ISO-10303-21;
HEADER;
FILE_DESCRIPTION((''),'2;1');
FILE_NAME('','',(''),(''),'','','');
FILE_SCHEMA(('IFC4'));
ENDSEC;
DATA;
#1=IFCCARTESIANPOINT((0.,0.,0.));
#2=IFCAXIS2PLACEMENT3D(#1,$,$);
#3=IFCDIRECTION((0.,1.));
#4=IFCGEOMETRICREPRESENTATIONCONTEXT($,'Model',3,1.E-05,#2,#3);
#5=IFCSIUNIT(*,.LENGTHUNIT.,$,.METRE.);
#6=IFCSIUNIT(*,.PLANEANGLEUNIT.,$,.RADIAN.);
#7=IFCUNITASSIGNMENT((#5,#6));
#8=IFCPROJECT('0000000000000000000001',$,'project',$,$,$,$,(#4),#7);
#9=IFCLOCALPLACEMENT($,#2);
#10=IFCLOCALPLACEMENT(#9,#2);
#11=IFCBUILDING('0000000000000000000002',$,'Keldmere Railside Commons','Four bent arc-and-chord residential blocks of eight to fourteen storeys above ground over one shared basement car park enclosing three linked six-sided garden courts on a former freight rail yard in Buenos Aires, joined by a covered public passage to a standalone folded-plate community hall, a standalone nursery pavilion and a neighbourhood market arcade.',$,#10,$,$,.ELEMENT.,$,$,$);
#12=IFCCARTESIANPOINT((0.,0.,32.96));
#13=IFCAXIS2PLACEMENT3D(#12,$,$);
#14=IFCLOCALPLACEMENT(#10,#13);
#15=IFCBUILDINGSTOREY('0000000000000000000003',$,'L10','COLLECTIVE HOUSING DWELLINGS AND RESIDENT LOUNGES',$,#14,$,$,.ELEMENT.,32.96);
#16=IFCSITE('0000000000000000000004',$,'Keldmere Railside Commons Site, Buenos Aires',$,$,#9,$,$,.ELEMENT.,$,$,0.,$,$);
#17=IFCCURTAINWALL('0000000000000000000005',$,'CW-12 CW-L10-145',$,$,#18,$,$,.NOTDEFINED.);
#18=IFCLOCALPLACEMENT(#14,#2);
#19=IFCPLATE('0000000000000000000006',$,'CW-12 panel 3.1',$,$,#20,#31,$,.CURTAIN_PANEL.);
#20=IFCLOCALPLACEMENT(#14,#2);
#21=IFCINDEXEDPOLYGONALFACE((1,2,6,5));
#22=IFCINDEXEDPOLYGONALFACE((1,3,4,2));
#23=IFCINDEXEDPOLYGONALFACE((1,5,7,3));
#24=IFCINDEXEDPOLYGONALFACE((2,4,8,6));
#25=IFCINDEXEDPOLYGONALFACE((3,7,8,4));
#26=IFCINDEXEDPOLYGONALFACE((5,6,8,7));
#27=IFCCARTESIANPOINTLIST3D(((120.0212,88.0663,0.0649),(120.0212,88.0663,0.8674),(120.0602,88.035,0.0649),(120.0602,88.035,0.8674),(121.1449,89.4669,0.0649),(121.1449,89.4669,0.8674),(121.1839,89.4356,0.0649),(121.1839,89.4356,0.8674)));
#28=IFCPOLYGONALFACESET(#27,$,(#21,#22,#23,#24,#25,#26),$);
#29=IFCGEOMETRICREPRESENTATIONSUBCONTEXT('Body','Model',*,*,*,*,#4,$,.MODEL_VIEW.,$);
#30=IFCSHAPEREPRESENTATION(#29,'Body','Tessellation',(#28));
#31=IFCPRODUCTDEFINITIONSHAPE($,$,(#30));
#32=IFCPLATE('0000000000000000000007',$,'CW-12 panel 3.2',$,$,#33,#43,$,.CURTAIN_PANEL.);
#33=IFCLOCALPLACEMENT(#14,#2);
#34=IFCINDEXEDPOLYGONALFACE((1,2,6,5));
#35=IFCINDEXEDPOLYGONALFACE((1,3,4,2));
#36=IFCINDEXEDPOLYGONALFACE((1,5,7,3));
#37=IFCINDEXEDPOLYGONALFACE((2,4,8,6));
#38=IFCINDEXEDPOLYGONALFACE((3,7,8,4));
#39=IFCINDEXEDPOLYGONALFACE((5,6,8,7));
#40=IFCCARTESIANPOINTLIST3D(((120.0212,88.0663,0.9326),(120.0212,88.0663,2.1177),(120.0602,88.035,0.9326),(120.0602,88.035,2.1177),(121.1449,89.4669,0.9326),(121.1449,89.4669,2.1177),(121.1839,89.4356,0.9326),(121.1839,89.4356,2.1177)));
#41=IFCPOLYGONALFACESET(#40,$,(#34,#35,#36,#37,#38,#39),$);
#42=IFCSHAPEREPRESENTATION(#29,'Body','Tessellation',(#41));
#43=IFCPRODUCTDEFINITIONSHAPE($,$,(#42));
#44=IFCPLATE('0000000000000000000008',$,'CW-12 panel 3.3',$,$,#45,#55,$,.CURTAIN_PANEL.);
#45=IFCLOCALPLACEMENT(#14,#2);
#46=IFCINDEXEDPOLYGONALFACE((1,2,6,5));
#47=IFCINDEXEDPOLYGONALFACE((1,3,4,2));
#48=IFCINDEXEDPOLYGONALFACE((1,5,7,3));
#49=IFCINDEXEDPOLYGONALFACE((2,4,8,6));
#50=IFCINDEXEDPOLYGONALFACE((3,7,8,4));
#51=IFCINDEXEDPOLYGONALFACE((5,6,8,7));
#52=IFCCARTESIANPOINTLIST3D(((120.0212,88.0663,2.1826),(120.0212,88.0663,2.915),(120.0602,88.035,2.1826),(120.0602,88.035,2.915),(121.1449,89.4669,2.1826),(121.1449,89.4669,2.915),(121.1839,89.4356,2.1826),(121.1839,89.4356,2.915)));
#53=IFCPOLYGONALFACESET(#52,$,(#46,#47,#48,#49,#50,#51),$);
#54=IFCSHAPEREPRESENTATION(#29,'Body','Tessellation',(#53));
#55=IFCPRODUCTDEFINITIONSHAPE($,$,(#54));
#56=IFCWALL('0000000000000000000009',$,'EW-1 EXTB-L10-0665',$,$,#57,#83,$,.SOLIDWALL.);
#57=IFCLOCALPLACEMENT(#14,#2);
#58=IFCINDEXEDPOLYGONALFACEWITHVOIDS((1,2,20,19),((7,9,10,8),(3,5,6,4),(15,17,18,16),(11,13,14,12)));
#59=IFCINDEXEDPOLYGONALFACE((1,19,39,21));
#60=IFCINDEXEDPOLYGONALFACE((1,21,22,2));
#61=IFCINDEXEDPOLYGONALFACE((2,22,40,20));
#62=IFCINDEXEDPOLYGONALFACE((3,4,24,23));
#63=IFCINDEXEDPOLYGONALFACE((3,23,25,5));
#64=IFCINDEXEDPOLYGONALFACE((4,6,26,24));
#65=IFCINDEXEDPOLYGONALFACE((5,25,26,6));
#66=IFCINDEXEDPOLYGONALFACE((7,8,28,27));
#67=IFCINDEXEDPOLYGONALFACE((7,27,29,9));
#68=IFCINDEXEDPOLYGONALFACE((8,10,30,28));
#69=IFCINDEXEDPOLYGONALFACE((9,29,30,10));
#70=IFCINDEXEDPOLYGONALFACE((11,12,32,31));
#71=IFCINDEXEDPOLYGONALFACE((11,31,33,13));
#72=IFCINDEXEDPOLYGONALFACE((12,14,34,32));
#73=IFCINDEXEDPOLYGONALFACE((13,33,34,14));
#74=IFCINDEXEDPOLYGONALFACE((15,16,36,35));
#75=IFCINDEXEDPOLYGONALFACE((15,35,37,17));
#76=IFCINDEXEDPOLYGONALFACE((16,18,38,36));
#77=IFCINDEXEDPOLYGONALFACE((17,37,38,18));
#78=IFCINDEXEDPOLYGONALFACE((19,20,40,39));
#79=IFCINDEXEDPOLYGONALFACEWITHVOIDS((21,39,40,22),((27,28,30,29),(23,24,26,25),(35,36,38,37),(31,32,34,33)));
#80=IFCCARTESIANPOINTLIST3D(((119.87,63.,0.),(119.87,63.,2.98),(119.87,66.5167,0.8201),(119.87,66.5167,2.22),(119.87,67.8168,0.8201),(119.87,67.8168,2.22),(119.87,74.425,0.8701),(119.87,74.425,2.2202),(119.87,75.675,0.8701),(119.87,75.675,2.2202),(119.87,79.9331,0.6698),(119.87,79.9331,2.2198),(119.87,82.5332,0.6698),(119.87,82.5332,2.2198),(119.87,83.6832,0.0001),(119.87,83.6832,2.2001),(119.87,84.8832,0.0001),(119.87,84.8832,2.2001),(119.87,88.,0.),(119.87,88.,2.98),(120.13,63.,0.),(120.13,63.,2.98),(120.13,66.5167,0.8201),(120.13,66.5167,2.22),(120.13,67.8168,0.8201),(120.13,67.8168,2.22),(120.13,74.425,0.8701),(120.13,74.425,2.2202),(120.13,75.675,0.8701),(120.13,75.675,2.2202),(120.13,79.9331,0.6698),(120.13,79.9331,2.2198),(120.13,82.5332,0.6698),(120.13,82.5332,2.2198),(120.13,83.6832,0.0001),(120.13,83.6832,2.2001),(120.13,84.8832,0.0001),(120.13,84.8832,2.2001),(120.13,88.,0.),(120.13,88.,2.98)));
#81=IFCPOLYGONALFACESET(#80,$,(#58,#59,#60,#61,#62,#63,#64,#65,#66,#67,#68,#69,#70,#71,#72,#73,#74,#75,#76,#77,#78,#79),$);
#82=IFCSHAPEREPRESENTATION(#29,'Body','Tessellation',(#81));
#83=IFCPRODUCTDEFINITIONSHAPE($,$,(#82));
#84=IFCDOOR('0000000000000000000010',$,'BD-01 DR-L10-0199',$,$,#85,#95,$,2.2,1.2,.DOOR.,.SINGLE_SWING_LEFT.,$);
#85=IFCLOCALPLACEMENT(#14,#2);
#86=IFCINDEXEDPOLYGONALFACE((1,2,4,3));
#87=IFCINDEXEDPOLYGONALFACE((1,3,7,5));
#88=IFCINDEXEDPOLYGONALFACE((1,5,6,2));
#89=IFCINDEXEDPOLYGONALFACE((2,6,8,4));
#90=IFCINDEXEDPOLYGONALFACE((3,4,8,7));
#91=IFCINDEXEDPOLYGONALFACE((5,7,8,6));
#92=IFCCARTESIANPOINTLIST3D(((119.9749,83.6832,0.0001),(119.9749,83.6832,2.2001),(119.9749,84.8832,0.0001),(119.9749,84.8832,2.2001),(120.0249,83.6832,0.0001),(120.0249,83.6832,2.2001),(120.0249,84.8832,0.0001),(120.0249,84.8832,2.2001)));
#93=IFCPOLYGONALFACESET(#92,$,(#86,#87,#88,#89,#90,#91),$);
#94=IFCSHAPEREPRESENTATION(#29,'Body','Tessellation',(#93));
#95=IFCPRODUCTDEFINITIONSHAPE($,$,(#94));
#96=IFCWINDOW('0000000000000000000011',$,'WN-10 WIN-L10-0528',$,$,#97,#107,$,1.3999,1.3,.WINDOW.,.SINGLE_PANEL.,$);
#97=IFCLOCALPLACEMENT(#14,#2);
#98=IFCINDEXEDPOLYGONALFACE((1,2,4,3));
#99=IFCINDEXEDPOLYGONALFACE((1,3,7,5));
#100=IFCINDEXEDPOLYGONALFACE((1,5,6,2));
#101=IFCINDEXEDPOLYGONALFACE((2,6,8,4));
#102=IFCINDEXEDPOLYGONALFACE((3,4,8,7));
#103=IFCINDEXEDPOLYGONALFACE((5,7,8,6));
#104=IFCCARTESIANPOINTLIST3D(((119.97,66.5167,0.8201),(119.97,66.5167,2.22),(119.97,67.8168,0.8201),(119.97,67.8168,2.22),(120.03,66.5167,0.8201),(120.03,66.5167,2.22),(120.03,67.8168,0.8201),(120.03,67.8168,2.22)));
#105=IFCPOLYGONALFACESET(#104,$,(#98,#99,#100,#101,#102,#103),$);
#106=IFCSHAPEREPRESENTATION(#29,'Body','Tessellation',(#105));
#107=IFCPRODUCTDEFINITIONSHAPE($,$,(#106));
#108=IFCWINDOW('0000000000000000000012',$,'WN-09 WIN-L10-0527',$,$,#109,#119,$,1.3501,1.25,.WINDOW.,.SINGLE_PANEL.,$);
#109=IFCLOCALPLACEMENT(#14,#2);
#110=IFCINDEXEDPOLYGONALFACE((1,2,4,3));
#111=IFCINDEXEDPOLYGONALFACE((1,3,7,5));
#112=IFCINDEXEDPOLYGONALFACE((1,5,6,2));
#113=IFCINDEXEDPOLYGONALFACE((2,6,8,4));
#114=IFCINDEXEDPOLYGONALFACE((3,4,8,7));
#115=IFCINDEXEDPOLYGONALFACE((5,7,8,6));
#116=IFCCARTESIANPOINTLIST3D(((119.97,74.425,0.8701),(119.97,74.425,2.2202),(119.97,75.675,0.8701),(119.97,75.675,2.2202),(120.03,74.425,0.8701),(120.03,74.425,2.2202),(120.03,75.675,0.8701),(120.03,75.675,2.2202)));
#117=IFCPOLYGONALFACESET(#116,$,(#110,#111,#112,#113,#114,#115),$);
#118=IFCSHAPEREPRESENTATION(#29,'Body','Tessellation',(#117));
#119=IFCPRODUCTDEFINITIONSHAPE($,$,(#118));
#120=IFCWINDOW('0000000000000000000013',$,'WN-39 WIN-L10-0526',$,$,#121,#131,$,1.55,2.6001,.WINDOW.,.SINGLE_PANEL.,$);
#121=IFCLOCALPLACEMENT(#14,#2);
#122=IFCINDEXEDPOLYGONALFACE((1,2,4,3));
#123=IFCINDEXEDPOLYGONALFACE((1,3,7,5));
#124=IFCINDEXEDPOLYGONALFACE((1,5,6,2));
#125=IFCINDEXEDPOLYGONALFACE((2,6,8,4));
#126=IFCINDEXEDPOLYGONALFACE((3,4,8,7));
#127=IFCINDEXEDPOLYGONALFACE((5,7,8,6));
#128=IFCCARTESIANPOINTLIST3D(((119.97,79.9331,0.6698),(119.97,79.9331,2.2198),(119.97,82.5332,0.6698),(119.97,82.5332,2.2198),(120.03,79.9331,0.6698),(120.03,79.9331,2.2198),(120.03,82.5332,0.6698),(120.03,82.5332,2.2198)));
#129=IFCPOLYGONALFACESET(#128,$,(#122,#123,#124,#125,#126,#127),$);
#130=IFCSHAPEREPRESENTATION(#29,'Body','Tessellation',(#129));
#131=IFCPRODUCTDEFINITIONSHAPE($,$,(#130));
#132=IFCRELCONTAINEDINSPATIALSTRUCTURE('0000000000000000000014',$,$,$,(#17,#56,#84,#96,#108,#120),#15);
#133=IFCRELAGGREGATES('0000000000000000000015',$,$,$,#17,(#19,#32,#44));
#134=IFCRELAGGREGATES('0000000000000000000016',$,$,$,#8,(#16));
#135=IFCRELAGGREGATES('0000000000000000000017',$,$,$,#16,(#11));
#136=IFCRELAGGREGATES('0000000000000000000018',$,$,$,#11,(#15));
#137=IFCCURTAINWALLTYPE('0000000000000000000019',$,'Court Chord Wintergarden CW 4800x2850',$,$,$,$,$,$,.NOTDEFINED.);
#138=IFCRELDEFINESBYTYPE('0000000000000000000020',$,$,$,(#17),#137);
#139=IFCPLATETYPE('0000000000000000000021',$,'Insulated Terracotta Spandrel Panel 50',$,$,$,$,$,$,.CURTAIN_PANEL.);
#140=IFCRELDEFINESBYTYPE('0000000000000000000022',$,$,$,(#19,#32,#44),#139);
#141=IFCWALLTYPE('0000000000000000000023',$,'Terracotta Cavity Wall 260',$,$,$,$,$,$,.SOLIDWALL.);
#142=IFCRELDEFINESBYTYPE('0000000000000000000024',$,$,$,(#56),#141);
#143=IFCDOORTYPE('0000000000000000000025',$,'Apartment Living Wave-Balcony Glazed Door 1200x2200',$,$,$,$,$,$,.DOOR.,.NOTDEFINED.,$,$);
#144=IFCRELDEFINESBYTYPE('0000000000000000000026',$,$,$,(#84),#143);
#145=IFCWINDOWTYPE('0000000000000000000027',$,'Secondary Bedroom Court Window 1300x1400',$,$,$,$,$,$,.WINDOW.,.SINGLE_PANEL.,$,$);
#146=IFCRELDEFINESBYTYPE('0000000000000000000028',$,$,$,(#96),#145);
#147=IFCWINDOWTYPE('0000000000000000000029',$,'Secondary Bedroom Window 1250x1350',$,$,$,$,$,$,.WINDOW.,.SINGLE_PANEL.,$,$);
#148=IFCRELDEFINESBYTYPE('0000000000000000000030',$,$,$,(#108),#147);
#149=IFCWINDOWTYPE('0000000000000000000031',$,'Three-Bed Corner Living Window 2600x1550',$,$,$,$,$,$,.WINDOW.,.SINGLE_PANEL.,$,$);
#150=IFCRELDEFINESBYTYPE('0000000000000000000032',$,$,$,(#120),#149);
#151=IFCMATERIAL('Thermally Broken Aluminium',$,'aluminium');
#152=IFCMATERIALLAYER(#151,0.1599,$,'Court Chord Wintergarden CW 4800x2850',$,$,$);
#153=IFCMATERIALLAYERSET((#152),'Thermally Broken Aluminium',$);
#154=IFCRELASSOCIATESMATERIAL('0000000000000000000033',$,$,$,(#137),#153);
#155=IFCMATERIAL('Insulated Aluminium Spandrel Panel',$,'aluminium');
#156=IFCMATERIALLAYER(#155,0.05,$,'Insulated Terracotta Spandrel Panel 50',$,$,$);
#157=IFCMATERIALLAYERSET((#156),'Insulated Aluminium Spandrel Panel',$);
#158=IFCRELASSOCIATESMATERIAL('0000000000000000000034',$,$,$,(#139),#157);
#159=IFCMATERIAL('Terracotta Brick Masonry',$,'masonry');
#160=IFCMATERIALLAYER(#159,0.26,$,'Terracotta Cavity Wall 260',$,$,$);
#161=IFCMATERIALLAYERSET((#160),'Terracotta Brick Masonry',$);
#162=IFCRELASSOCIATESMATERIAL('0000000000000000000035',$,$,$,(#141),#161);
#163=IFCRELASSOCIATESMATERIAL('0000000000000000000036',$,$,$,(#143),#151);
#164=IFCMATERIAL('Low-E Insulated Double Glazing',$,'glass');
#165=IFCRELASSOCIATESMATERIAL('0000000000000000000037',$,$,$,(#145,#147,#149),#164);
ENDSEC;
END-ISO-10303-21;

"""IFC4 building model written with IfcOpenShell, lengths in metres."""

from ifc_helpers import new_model, si_unit, direction, frame, frame_2d, origin, origin_2d, place, context, subcontext, project, spatial, rectangle, extrude, material, layer, layer_set, type_object, element, fill, aggregate, save


model = new_model("IFC4")

# Units and contexts
model_context = context("Model", 3, precision=1e-05, world=origin(), true_north=direction((0.0, 1.0)))
body_context = subcontext(model_context, "Body", "Model", "MODEL_VIEW")
ifc_project = project(units=[si_unit("LENGTHUNIT", "METRE"), si_unit("PLANEANGLEUNIT", "RADIAN")], contexts=[model_context])

# Site, building, storey
site_placement = place(None, origin())
site = spatial("IfcSite", under=ifc_project, at=site_placement, Name="Keldmere Railside Commons Site, Buenos Aires", CompositionType="ELEMENT", RefElevation=0.0)
building_placement = place(site_placement, origin())
building = spatial("IfcBuilding", under=site, at=building_placement, Name="Keldmere Railside Commons", Description="Four bent arc-and-chord residential blocks of eight to fourteen storeys above ground over one shared basement car park enclosing three linked six-sided garden courts on a former freight rail yard in Buenos Aires, joined by a covered public passage to a standalone folded-plate community hall, a standalone nursery pavilion and a neighbourhood market arcade.", CompositionType="ELEMENT")
storey_placement = place(building_placement, frame((0.0, 0.0, 32.96)))
storey = spatial("IfcBuildingStorey", under=building, at=storey_placement, Name="L10", Description="COLLECTIVE HOUSING DWELLINGS AND RESIDENT LOUNGES", CompositionType="ELEMENT", Elevation=32.96)

# Curtain wall, plates
ifc_material_1 = material(Name="Thermally Broken Aluminium", Category="aluminium")
ifc_layer_1 = layer(ifc_material_1, 0.1599, Name="Court Chord Wintergarden CW 4800x2850")
ifc_layer_set_1 = layer_set([ifc_layer_1], Name="Thermally Broken Aluminium")
curtain_wall_type = type_object("IfcCurtainWallType", Name="Court Chord Wintergarden CW 4800x2850", PredefinedType="NOTDEFINED", material=ifc_layer_set_1)
curtain_wall_placement = place(storey_placement, origin())
curtain_wall = element("IfcCurtainWall", 1, at=curtain_wall_placement, inside=storey, type_object=curtain_wall_type, Name="CW-12 CW-L10-145", PredefinedType="NOTDEFINED")
ifc_material_2 = material(Name="Insulated Aluminium Spandrel Panel", Category="aluminium")
ifc_layer_2 = layer(ifc_material_2, 0.05, Name="Insulated Terracotta Spandrel Panel 50")
ifc_layer_set_2 = layer_set([ifc_layer_2], Name="Insulated Aluminium Spandrel Panel")
plate_type = type_object("IfcPlateType", Name="Insulated Terracotta Spandrel Panel 50", PredefinedType="CURTAIN_PANEL", material=ifc_layer_set_2)
plate_1_placement = place(storey_placement, frame((120.6025, 88.751, 0.0649), z_axis=(0.0, 0.0, 1.0), x_axis=(-0.625768, -0.780009, 0.0)))
plate_1 = element("IfcPlate", 2, at=plate_1_placement, type_object=plate_type, Name="CW-12 panel 3.1", PredefinedType="CURTAIN_PANEL", context=body_context, shape_type="SweptSolid", body=[
    extrude(rectangle(XDim=1.7957, YDim=0.05, at=origin_2d()), origin(), (0.0, 0.0, 1.0), 0.8025),
])
plate_2_placement = place(storey_placement, frame((120.6025, 88.751, 0.9326), z_axis=(0.0, 0.0, 1.0), x_axis=(-0.625768, -0.780009, 0.0)))
plate_2 = element("IfcPlate", 3, at=plate_2_placement, type_object=plate_type, Name="CW-12 panel 3.2", PredefinedType="CURTAIN_PANEL", context=body_context, shape_type="SweptSolid", body=[
    extrude(rectangle(XDim=1.7957, YDim=0.05, at=origin_2d()), origin(), (0.0, 0.0, 1.0), 1.1851),
])
plate_3_placement = place(storey_placement, frame((120.6025, 88.751, 2.1826), z_axis=(0.0, 0.0, 1.0), x_axis=(-0.625768, -0.780009, 0.0)))
plate_3 = element("IfcPlate", 4, at=plate_3_placement, type_object=plate_type, Name="CW-12 panel 3.3", PredefinedType="CURTAIN_PANEL", context=body_context, shape_type="SweptSolid", body=[
    extrude(rectangle(XDim=1.7957, YDim=0.05, at=origin_2d()), origin(), (0.0, 0.0, 1.0), 0.7324),
])
aggregate(curtain_wall, [plate_1, plate_2, plate_3])

# Wall, openings, door, windows
ifc_material_3 = material(Name="Terracotta Brick Masonry", Category="masonry")
ifc_layer_3 = layer(ifc_material_3, 0.26, Name="Terracotta Cavity Wall 260")
ifc_layer_set_3 = layer_set([ifc_layer_3], Name="Terracotta Brick Masonry")
wall_type = type_object("IfcWallType", Name="Terracotta Cavity Wall 260", PredefinedType="SOLIDWALL", material=ifc_layer_set_3)
wall_placement = place(storey_placement, frame((120.0, 88.0, 0.0), z_axis=(0.0, 0.0, 1.0), x_axis=(0.0, -1.0, 0.0)))
wall = element("IfcWall", 5, at=wall_placement, inside=storey, type_object=wall_type, Name="EW-1 EXTB-L10-0665", PredefinedType="SOLIDWALL", context=body_context, shape_type="SweptSolid", body=[
    extrude(rectangle(XDim=25.0, YDim=0.26, at=frame_2d((12.5, 0.0))), origin(), (0.0, 0.0, 1.0), 2.98),
])
opening_1_placement = place(wall_placement, frame((3.1167, 0.0, 0.0)))
opening_1 = element("IfcOpeningElement", 6, at=opening_1_placement, cuts=wall, PredefinedType="OPENING", context=body_context, shape_type="SweptSolid", body=[
    extrude(rectangle(XDim=1.2, YDim=2.2, at=frame_2d((0.6001, 1.1001))), frame((0.0, 0.1399, 0.0), z_axis=(0.0, -1.0, 0.0), x_axis=(1.0, 0.0, 0.0)), (0.0, 0.0, 1.0), 0.28),
])
opening_2_placement = place(wall_placement, frame((5.4668, 0.0, 0.6699)))
opening_2 = element("IfcOpeningElement", 7, at=opening_2_placement, cuts=wall, PredefinedType="OPENING", context=body_context, shape_type="SweptSolid", body=[
    extrude(rectangle(XDim=2.6001, YDim=1.55, at=frame_2d((1.3, 0.7749))), frame((0.0, 0.1399, 0.0), z_axis=(0.0, -1.0, 0.0), x_axis=(1.0, 0.0, 0.0)), (0.0, 0.0, 1.0), 0.28),
])
opening_3_placement = place(wall_placement, frame((12.325, 0.0, 0.8701)))
opening_3 = element("IfcOpeningElement", 8, at=opening_3_placement, cuts=wall, PredefinedType="OPENING", context=body_context, shape_type="SweptSolid", body=[
    extrude(rectangle(XDim=1.25, YDim=1.3501, at=frame_2d((0.625, 0.675))), frame((0.0, 0.1399, 0.0), z_axis=(0.0, -1.0, 0.0), x_axis=(1.0, 0.0, 0.0)), (0.0, 0.0, 1.0), 0.28),
])
opening_4_placement = place(wall_placement, frame((20.1833, 0.0, 0.8201)))
opening_4 = element("IfcOpeningElement", 9, at=opening_4_placement, cuts=wall, PredefinedType="OPENING", context=body_context, shape_type="SweptSolid", body=[
    extrude(rectangle(XDim=1.3, YDim=1.3999, at=frame_2d((0.6499, 0.7))), frame((0.0, 0.1399, 0.0), z_axis=(0.0, -1.0, 0.0), x_axis=(1.0, 0.0, 0.0)), (0.0, 0.0, 1.0), 0.28),
])
door_type = type_object("IfcDoorType", Name="Apartment Living Wave-Balcony Glazed Door 1200x2200", OperationType="NOTDEFINED", PredefinedType="DOOR", material=ifc_material_1)
door_placement = place(opening_1_placement, origin())
door = element("IfcDoor", 10, at=door_placement, inside=storey, type_object=door_type, Name="BD-01 DR-L10-0199", OperationType="SINGLE_SWING_LEFT", OverallHeight=2.2, OverallWidth=1.2, PredefinedType="DOOR", context=body_context, shape_type="SweptSolid", body=[
    extrude(rectangle(XDim=1.2, YDim=2.2, at=frame_2d((0.6001, 1.1001))), frame((0.0, 0.0249, 0.0), z_axis=(0.0, -1.0, 0.0), x_axis=(1.0, 0.0, 0.0)), (0.0, 0.0, 1.0), 0.05),
])
fill(opening_1, door)
ifc_material_4 = material(Name="Low-E Insulated Double Glazing", Category="glass")
window_type_1 = type_object("IfcWindowType", Name="Secondary Bedroom Court Window 1300x1400", PartitioningType="SINGLE_PANEL", PredefinedType="WINDOW", material=ifc_material_4)
window_1_placement = place(opening_4_placement, origin())
window_1 = element("IfcWindow", 11, at=window_1_placement, inside=storey, type_object=window_type_1, Name="WN-10 WIN-L10-0528", OverallHeight=1.3999, OverallWidth=1.3, PartitioningType="SINGLE_PANEL", PredefinedType="WINDOW", context=body_context, shape_type="SweptSolid", body=[
    extrude(rectangle(XDim=1.3, YDim=1.3999, at=frame_2d((0.6499, 0.7))), frame((0.0, 0.03, 0.0), z_axis=(0.0, -1.0, 0.0), x_axis=(1.0, 0.0, 0.0)), (0.0, 0.0, 1.0), 0.0601),
])
fill(opening_4, window_1)
window_type_2 = type_object("IfcWindowType", Name="Secondary Bedroom Window 1250x1350", PartitioningType="SINGLE_PANEL", PredefinedType="WINDOW", material=ifc_material_4)
window_2_placement = place(opening_3_placement, origin())
window_2 = element("IfcWindow", 12, at=window_2_placement, inside=storey, type_object=window_type_2, Name="WN-09 WIN-L10-0527", OverallHeight=1.3501, OverallWidth=1.25, PartitioningType="SINGLE_PANEL", PredefinedType="WINDOW", context=body_context, shape_type="SweptSolid", body=[
    extrude(rectangle(XDim=1.25, YDim=1.3501, at=frame_2d((0.625, 0.675))), frame((0.0, 0.03, 0.0), z_axis=(0.0, -1.0, 0.0), x_axis=(1.0, 0.0, 0.0)), (0.0, 0.0, 1.0), 0.0601),
])
fill(opening_3, window_2)
window_type_3 = type_object("IfcWindowType", Name="Three-Bed Corner Living Window 2600x1550", PartitioningType="SINGLE_PANEL", PredefinedType="WINDOW", material=ifc_material_4)
window_3_placement = place(opening_2_placement, origin())
window_3 = element("IfcWindow", 13, at=window_3_placement, inside=storey, type_object=window_type_3, Name="WN-39 WIN-L10-0526", OverallHeight=1.55, OverallWidth=2.6001, PartitioningType="SINGLE_PANEL", PredefinedType="WINDOW", context=body_context, shape_type="SweptSolid", body=[
    extrude(rectangle(XDim=2.6001, YDim=1.55, at=frame_2d((1.3, 0.7749))), frame((0.0, 0.03, 0.0), z_axis=(0.0, -1.0, 0.0), x_axis=(1.0, 0.0, 0.0)), (0.0, 0.0, 1.0), 0.0601),
])
fill(opening_2, window_3)

save(model, "model.ifc")
